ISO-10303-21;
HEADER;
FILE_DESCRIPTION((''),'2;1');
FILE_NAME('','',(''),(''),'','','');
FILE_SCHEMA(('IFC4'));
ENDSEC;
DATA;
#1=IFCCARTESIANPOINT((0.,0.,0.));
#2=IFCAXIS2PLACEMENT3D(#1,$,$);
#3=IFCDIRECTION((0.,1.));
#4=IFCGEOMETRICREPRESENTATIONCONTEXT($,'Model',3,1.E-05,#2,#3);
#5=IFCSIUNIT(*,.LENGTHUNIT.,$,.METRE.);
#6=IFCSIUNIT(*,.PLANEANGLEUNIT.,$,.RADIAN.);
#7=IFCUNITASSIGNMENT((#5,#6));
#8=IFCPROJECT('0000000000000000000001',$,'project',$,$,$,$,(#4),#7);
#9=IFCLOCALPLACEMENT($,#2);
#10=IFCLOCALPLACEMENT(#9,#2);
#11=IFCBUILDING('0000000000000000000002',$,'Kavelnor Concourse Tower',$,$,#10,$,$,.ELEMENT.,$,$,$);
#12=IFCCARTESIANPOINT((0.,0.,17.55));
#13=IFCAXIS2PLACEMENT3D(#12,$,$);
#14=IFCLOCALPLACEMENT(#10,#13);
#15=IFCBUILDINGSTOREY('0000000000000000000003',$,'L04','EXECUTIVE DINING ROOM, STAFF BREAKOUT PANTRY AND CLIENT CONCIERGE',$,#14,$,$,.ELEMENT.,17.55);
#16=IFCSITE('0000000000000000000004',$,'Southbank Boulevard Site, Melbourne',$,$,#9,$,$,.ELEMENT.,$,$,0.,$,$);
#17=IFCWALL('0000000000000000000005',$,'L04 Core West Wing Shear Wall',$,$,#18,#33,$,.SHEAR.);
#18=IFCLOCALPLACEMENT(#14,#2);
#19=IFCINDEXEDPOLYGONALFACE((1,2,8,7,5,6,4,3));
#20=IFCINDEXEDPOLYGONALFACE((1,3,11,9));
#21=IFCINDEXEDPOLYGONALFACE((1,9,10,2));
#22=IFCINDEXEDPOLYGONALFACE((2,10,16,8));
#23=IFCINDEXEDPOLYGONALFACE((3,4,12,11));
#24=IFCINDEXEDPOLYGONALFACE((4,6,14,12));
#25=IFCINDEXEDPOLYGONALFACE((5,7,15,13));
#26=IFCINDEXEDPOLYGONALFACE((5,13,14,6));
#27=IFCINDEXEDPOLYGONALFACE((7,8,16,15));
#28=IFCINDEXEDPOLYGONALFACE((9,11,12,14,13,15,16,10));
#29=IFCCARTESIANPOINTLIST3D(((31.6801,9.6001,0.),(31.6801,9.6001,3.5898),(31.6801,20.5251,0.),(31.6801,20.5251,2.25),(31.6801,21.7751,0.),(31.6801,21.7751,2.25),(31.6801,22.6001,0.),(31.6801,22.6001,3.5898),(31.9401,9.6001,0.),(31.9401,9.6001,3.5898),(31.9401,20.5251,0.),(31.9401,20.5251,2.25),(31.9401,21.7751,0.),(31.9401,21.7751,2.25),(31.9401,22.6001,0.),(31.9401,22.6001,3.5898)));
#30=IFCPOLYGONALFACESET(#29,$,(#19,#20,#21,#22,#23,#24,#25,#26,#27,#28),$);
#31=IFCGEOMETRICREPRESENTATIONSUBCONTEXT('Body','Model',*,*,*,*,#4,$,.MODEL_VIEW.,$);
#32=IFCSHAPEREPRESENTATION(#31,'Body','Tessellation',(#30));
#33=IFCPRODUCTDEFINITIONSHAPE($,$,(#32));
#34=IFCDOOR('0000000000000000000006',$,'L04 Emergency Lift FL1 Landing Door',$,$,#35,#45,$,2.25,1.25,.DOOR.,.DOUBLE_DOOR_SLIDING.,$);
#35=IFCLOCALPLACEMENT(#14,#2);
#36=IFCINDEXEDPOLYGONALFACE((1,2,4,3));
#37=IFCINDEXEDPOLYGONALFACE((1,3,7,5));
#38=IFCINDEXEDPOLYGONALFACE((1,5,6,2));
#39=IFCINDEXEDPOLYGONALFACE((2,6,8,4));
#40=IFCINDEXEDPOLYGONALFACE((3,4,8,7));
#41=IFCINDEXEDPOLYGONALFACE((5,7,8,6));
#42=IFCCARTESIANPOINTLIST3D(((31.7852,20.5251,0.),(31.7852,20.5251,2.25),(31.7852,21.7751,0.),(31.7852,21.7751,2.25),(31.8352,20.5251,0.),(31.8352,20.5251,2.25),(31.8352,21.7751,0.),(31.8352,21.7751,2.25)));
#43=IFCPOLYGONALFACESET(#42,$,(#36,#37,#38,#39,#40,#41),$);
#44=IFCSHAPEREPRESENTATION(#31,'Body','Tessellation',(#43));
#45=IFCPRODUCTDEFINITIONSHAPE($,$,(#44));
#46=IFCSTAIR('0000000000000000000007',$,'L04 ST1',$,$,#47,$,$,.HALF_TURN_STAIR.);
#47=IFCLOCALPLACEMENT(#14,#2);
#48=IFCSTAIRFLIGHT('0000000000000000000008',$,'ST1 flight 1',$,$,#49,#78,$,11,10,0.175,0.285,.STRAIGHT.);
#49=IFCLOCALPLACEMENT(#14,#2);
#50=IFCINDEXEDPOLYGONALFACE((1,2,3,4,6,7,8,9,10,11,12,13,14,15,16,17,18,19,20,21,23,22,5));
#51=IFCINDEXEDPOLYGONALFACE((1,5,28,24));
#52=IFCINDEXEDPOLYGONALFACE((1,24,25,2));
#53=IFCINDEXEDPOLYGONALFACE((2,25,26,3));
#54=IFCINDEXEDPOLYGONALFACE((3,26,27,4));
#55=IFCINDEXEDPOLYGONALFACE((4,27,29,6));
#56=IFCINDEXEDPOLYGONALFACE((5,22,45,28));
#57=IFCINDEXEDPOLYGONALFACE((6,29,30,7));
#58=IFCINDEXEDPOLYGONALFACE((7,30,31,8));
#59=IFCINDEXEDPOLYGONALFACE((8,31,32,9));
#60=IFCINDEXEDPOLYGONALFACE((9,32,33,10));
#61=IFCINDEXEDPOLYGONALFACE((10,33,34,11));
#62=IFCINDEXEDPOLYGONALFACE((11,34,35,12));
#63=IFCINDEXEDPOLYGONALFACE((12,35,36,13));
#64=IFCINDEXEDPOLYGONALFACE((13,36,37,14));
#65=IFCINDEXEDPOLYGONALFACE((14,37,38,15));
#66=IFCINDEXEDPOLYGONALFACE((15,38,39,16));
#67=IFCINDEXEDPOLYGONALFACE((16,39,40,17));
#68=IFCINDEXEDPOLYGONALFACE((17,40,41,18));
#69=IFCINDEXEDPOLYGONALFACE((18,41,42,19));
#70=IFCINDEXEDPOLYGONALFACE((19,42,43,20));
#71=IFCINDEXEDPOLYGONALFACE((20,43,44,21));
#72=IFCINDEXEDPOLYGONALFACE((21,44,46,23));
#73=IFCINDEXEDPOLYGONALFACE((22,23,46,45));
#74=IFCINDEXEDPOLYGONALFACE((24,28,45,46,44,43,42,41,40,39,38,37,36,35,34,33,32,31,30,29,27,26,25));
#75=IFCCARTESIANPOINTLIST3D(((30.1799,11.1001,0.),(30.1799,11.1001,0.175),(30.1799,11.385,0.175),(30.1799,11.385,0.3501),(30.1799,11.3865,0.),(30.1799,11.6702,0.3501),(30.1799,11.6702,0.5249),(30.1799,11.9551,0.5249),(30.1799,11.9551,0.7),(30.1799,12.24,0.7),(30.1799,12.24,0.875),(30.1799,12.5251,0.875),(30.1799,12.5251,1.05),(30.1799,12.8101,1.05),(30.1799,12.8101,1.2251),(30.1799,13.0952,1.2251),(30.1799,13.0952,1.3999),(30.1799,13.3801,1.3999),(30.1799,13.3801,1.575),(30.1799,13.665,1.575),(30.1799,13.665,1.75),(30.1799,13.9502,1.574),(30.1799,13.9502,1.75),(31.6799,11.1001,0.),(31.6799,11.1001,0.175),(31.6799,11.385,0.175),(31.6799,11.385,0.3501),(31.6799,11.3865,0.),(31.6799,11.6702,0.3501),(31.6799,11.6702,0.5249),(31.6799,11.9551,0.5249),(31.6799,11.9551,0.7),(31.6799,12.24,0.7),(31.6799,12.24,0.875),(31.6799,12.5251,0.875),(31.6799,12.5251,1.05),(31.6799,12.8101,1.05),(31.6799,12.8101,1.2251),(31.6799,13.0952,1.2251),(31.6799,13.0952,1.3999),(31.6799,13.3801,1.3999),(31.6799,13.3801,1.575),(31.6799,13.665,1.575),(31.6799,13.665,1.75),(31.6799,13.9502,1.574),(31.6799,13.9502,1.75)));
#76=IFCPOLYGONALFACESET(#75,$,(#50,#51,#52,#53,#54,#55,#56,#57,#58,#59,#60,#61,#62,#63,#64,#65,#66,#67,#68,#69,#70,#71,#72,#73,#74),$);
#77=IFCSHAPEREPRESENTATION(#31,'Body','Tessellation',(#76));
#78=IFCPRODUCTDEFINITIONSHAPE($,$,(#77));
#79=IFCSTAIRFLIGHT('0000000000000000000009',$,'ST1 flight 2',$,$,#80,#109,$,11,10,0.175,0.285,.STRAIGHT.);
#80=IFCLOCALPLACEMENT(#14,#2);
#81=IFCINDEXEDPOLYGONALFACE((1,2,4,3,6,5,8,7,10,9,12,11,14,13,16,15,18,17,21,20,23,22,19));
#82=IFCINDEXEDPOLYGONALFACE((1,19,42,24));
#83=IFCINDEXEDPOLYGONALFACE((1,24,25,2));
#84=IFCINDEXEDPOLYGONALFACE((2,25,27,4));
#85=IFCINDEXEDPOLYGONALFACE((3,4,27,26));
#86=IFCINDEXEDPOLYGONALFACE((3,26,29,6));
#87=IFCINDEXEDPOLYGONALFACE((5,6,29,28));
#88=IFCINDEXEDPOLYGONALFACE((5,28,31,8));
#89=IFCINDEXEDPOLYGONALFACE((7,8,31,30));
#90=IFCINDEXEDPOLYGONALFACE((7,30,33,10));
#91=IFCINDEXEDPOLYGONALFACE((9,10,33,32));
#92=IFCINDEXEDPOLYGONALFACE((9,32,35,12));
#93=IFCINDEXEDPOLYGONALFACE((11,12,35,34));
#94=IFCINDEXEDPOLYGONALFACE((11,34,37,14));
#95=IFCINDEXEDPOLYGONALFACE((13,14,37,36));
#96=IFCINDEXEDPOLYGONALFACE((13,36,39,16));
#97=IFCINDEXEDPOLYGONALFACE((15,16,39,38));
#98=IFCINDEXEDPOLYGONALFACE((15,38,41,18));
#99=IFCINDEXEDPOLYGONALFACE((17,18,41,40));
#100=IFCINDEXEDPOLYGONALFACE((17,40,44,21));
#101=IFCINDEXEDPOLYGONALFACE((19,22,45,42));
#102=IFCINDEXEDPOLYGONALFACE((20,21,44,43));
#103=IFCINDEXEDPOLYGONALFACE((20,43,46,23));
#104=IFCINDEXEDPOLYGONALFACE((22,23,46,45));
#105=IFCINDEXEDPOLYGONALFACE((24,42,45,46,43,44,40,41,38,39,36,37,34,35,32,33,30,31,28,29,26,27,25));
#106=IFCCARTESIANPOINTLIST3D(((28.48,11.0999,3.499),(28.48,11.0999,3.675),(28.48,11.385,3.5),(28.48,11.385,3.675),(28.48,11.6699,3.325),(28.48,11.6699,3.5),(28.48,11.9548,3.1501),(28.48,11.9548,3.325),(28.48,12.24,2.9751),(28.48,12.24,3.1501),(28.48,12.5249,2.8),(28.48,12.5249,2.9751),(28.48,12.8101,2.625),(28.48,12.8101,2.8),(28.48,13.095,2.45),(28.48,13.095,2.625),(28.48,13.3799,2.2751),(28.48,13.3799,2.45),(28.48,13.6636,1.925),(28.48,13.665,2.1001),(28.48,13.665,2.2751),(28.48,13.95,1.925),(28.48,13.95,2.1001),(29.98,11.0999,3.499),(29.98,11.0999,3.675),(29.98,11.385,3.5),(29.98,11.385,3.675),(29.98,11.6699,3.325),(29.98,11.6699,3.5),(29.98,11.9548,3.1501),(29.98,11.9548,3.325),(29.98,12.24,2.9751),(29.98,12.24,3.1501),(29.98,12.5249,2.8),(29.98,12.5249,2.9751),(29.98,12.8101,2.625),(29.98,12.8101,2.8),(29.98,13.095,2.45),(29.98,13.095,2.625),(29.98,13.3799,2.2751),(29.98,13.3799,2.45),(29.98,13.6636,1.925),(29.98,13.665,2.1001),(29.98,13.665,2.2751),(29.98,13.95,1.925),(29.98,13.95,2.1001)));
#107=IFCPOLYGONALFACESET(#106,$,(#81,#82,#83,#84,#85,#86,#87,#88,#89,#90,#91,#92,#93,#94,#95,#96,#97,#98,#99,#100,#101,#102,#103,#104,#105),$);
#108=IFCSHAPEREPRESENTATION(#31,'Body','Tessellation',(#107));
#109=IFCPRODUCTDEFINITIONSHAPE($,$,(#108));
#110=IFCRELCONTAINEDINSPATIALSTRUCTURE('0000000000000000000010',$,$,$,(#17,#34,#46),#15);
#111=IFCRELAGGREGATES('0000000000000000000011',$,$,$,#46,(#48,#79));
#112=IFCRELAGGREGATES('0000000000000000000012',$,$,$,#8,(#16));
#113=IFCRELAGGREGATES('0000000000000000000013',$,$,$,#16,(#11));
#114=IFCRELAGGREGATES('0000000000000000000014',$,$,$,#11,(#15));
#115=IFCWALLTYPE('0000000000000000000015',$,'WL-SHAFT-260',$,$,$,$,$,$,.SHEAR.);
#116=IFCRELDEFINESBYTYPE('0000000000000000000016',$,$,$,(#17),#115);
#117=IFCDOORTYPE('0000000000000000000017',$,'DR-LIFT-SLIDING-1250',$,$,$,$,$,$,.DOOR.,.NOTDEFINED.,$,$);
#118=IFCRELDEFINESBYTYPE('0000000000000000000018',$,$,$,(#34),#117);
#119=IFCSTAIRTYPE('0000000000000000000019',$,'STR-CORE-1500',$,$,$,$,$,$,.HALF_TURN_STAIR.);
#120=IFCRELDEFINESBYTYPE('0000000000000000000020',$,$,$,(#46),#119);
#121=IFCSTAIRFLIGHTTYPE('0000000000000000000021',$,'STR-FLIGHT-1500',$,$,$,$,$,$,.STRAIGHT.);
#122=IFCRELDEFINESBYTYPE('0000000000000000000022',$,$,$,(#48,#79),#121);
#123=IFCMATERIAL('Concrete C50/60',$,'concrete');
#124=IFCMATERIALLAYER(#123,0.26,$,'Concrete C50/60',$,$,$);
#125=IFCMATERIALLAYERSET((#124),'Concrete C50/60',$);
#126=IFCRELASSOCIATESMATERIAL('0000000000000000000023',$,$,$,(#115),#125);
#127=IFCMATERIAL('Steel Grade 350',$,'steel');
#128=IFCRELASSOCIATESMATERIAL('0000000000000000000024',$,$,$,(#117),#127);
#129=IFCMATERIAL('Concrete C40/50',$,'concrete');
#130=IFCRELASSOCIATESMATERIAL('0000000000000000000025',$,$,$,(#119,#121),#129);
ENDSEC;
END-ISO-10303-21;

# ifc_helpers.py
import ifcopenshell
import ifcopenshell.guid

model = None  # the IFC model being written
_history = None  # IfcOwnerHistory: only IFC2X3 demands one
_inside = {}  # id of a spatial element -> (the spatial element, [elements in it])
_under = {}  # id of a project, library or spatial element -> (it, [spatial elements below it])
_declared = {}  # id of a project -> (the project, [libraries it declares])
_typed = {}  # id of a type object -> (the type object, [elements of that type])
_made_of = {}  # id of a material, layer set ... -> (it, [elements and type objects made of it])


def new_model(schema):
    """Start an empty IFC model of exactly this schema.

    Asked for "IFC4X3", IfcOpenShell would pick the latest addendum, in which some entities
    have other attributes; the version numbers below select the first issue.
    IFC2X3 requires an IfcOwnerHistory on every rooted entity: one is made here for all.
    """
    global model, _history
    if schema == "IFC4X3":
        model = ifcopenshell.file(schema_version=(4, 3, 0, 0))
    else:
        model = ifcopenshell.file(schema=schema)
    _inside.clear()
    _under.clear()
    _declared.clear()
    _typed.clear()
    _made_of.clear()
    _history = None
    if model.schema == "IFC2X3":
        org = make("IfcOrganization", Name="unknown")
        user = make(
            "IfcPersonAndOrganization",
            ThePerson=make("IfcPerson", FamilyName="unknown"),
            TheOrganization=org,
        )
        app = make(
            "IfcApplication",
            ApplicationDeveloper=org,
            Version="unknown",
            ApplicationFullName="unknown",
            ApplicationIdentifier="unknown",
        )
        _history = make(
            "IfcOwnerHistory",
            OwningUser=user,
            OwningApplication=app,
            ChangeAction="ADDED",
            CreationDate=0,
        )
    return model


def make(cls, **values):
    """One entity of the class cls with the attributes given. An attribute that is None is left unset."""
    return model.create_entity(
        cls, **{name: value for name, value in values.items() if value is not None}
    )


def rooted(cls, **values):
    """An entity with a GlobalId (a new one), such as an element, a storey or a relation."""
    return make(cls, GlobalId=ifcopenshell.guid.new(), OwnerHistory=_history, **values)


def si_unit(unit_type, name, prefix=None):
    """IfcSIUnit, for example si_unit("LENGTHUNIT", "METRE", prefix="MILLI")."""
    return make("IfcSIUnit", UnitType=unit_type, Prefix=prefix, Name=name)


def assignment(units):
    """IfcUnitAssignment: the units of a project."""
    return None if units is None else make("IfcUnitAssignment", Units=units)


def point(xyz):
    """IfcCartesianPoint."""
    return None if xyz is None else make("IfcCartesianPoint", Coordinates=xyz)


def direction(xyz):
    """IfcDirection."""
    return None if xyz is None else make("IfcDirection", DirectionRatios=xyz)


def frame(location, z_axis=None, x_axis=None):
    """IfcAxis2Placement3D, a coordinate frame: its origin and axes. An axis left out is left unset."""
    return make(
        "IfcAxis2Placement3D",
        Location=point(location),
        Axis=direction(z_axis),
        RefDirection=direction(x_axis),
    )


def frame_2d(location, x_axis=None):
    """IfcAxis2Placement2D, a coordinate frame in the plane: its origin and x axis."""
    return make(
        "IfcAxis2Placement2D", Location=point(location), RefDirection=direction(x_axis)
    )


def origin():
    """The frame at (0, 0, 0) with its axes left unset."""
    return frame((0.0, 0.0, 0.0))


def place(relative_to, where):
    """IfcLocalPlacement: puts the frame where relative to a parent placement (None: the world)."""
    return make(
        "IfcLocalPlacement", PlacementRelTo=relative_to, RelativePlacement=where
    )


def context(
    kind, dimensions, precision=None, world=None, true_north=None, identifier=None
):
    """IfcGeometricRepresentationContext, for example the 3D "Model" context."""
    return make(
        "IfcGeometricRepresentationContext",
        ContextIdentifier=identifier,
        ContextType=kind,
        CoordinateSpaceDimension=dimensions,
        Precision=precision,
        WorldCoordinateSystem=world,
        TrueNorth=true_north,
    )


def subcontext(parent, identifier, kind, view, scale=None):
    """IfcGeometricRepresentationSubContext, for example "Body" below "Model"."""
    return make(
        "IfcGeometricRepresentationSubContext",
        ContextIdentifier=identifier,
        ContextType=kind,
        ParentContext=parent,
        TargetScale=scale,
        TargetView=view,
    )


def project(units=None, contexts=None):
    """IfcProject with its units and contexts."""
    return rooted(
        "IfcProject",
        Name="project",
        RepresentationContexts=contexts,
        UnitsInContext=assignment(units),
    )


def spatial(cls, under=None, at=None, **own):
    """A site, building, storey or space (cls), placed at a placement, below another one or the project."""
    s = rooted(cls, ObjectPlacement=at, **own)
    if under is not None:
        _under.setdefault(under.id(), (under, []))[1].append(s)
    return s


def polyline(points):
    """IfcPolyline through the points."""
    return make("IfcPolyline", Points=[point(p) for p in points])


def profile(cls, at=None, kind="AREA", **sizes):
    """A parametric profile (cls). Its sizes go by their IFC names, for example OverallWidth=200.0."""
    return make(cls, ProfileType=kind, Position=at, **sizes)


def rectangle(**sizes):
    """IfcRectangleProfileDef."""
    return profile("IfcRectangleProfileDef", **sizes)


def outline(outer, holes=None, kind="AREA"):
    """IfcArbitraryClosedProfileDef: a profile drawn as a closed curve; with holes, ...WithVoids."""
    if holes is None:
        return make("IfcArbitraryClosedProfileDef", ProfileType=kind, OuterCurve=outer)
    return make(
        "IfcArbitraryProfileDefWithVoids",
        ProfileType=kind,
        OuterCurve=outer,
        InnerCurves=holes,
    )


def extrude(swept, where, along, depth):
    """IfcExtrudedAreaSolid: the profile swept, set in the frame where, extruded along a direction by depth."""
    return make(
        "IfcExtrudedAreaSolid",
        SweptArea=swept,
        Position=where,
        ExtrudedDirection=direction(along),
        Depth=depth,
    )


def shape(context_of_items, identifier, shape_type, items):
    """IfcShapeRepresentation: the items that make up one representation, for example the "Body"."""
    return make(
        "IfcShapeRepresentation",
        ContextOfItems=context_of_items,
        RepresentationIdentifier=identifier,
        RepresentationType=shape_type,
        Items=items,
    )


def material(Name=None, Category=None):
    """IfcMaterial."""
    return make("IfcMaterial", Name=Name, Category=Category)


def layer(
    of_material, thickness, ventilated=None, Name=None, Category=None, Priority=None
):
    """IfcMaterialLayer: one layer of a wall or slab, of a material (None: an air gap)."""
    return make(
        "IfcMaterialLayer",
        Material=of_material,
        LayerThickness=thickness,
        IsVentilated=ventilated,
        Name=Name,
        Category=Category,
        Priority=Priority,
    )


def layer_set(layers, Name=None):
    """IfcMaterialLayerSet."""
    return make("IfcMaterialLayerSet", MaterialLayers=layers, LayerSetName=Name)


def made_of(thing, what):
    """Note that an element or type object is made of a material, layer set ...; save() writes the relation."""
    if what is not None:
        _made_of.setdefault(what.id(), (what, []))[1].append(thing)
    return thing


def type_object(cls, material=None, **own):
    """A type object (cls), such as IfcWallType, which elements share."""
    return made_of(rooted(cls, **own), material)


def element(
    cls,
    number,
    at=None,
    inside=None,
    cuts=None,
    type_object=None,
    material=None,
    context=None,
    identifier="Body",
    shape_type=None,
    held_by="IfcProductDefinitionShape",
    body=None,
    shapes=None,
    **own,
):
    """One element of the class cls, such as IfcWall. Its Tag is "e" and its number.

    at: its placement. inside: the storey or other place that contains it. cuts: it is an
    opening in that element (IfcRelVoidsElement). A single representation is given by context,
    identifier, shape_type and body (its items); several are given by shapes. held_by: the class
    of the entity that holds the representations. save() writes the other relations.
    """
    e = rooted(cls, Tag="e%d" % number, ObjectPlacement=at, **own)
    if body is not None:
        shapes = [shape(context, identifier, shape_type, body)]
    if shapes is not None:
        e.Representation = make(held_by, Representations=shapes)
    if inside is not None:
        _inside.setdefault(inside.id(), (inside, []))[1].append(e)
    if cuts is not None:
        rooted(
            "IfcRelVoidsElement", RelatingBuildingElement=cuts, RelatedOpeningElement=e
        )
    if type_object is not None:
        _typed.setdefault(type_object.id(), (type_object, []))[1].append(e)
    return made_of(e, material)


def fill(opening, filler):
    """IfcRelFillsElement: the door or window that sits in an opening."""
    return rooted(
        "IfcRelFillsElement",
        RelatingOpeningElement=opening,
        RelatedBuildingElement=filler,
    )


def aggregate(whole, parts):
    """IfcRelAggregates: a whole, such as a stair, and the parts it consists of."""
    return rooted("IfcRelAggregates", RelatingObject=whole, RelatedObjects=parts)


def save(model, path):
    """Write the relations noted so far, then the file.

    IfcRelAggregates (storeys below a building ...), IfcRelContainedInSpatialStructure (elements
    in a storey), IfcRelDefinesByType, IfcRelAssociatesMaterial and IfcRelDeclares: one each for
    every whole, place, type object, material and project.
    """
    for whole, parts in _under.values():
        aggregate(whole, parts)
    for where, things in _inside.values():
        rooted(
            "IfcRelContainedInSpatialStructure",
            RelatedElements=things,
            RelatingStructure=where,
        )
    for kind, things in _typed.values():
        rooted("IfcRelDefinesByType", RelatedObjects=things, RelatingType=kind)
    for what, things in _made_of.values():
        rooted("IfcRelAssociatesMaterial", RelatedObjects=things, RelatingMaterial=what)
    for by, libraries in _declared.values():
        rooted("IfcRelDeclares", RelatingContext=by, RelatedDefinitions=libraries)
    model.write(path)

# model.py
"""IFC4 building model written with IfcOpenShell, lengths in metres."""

from ifc_helpers import new_model, si_unit, direction, frame, frame_2d, origin, place, context, subcontext, project, spatial, polyline, rectangle, outline, extrude, material, layer, layer_set, type_object, element, fill, aggregate, save


model = new_model("IFC4")

# Units and contexts
model_context = context("Model", 3, precision=1e-05, world=origin(), true_north=direction((0.0, 1.0)))
body_context = subcontext(model_context, "Body", "Model", "MODEL_VIEW")
ifc_project = project(units=[si_unit("LENGTHUNIT", "METRE"), si_unit("PLANEANGLEUNIT", "RADIAN")], contexts=[model_context])

# Site, building, storey
site_placement = place(None, origin())
site = spatial("IfcSite", under=ifc_project, at=site_placement, Name="Southbank Boulevard Site, Melbourne", CompositionType="ELEMENT", RefElevation=0.0)
building_placement = place(site_placement, origin())
building = spatial("IfcBuilding", under=site, at=building_placement, Name="Kavelnor Concourse Tower", CompositionType="ELEMENT")
storey_placement = place(building_placement, frame((0.0, 0.0, 17.55)))
storey = spatial("IfcBuildingStorey", under=building, at=storey_placement, Name="L04", Description="EXECUTIVE DINING ROOM, STAFF BREAKOUT PANTRY AND CLIENT CONCIERGE", CompositionType="ELEMENT", Elevation=17.55)

# Shared definitions
ifc_material_1 = material(Name="Steel Grade 350", Category="steel")

# Shared definitions
ifc_material_2 = material(Name="Concrete C50/60", Category="concrete")

# Wall, opening, door
ifc_layer_1 = layer(ifc_material_2, 0.26, Name="Concrete C50/60")
ifc_layer_set_1 = layer_set([ifc_layer_1], Name="Concrete C50/60")
wall_type_1 = type_object("IfcWallType", Name="WL-SHAFT-260", PredefinedType="SHEAR", material=ifc_layer_set_1)
wall_1_placement = place(storey_placement, frame((31.8101, 9.6001, 0.0), z_axis=(0.0, 0.0, 1.0), x_axis=(0.0, 1.0, 0.0)))
wall_1 = element("IfcWall", 1, at=wall_1_placement, inside=storey, type_object=wall_type_1, Name="L04 Core West Wing Shear Wall", PredefinedType="SHEAR", context=body_context, shape_type="SweptSolid", body=[
    extrude(rectangle(XDim=13.0, YDim=0.26, at=frame_2d((6.5, 0.0))), origin(), (0.0, 0.0, 1.0), 3.5898),
])
opening_1_placement = place(wall_1_placement, frame((10.925, 0.0, 0.0)))
opening_1 = element("IfcOpeningElement", 2, at=opening_1_placement, cuts=wall_1, PredefinedType="OPENING", context=body_context, shape_type="SweptSolid", body=[
    extrude(rectangle(XDim=1.25, YDim=2.25, at=frame_2d((0.625, 1.125))), frame((0.0, 0.1401, 0.0), z_axis=(0.0, -1.0, 0.0), x_axis=(1.0, 0.0, 0.0)), (0.0, 0.0, 1.0), 0.28),
])
door_type_1 = type_object("IfcDoorType", Name="DR-LIFT-SLIDING-1250", OperationType="NOTDEFINED", PredefinedType="DOOR", material=ifc_material_1)
door_1_placement = place(opening_1_placement, origin())
door_1 = element("IfcDoor", 3, at=door_1_placement, inside=storey, type_object=door_type_1, Name="L04 Emergency Lift FL1 Landing Door", OperationType="DOUBLE_DOOR_SLIDING", OverallHeight=2.25, OverallWidth=1.25, PredefinedType="DOOR", context=body_context, shape_type="SweptSolid", body=[
    extrude(rectangle(XDim=1.25, YDim=2.25, at=frame_2d((0.625, 1.125))), frame((0.0, 0.0249, 0.0), z_axis=(0.0, -1.0, 0.0), x_axis=(1.0, 0.0, 0.0)), (0.0, 0.0, 1.0), 0.05),
])
fill(opening_1, door_1)

# Stair, stair flights
ifc_material_3 = material(Name="Concrete C40/50", Category="concrete")
stair_type = type_object("IfcStairType", Name="STR-CORE-1500", PredefinedType="HALF_TURN_STAIR", material=ifc_material_3)
stair_placement = place(storey_placement, origin())
stair = element("IfcStair", 4, at=stair_placement, inside=storey, type_object=stair_type, Name="L04 ST1", PredefinedType="HALF_TURN_STAIR")
stair_flight_type = type_object("IfcStairFlightType", Name="STR-FLIGHT-1500", PredefinedType="STRAIGHT", material=ifc_material_3)
stair_flight_1_placement = place(storey_placement, frame((30.9299, 11.1001, 0.0), z_axis=(0.0, 0.0, 1.0), x_axis=(0.0, 1.0, 0.0)))
stair_flight_1 = element("IfcStairFlight", 5, at=stair_flight_1_placement, type_object=stair_flight_type, Name="ST1 flight 1", NumberOfRisers=11, NumberOfTreads=10, PredefinedType="STRAIGHT", RiserHeight=0.175, TreadLength=0.285, context=body_context, shape_type="SweptSolid", body=[
    extrude(outline(polyline([(0.0, 0.0), (0.0, 0.175), (0.2849, 0.175), (0.2849, 0.3501), (0.5701, 0.3501), (0.5701, 0.5249), (0.855, 0.5249), (0.855, 0.7), (1.1399, 0.7), (1.1399, 0.875), (1.425, 0.875), (1.425, 1.05), (1.71, 1.05), (1.71, 1.2251), (1.9951, 1.2251), (1.9951, 1.3999), (2.28, 1.3999), (2.28, 1.575), (2.5649, 1.575), (2.5649, 1.75), (2.8501, 1.75), (2.8501, 1.925), (2.8501, 1.574), (0.2864, 0.0), (0.0, 0.0)])), frame((0.0, 0.75, 0.0), z_axis=(0.0, -1.0, 0.0), x_axis=(1.0, 0.0, 0.0)), (0.0, 0.0, 1.0), 1.5),
])
stair_flight_2_placement = place(storey_placement, frame((29.23, 13.95, 1.925), z_axis=(0.0, 0.0, 1.0), x_axis=(0.0, -1.0, 0.0)))
stair_flight_2 = element("IfcStairFlight", 6, at=stair_flight_2_placement, type_object=stair_flight_type, Name="ST1 flight 2", NumberOfRisers=11, NumberOfTreads=10, PredefinedType="STRAIGHT", RiserHeight=0.175, TreadLength=0.285, context=body_context, shape_type="SweptSolid", body=[
    extrude(outline(polyline([(0.0, 0.0), (0.0, 0.175), (0.2849, 0.175), (0.2849, 0.3501), (0.5701, 0.3501), (0.5701, 0.5249), (0.855, 0.5249), (0.855, 0.7), (1.1399, 0.7), (1.1399, 0.875), (1.425, 0.875), (1.425, 1.05), (1.71, 1.05), (1.71, 1.2251), (1.9951, 1.2251), (1.9951, 1.3999), (2.28, 1.3999), (2.28, 1.575), (2.5649, 1.575), (2.5649, 1.75), (2.8501, 1.75), (2.8501, 1.925), (2.8501, 1.574), (0.2864, 0.0), (0.0, 0.0)])), frame((0.0, 0.75, 0.0), z_axis=(0.0, -1.0, 0.0), x_axis=(1.0, 0.0, 0.0)), (0.0, 0.0, 1.0), 1.5),
])
aggregate(stair, [stair_flight_1, stair_flight_2])

save(model, "model.ifc")
